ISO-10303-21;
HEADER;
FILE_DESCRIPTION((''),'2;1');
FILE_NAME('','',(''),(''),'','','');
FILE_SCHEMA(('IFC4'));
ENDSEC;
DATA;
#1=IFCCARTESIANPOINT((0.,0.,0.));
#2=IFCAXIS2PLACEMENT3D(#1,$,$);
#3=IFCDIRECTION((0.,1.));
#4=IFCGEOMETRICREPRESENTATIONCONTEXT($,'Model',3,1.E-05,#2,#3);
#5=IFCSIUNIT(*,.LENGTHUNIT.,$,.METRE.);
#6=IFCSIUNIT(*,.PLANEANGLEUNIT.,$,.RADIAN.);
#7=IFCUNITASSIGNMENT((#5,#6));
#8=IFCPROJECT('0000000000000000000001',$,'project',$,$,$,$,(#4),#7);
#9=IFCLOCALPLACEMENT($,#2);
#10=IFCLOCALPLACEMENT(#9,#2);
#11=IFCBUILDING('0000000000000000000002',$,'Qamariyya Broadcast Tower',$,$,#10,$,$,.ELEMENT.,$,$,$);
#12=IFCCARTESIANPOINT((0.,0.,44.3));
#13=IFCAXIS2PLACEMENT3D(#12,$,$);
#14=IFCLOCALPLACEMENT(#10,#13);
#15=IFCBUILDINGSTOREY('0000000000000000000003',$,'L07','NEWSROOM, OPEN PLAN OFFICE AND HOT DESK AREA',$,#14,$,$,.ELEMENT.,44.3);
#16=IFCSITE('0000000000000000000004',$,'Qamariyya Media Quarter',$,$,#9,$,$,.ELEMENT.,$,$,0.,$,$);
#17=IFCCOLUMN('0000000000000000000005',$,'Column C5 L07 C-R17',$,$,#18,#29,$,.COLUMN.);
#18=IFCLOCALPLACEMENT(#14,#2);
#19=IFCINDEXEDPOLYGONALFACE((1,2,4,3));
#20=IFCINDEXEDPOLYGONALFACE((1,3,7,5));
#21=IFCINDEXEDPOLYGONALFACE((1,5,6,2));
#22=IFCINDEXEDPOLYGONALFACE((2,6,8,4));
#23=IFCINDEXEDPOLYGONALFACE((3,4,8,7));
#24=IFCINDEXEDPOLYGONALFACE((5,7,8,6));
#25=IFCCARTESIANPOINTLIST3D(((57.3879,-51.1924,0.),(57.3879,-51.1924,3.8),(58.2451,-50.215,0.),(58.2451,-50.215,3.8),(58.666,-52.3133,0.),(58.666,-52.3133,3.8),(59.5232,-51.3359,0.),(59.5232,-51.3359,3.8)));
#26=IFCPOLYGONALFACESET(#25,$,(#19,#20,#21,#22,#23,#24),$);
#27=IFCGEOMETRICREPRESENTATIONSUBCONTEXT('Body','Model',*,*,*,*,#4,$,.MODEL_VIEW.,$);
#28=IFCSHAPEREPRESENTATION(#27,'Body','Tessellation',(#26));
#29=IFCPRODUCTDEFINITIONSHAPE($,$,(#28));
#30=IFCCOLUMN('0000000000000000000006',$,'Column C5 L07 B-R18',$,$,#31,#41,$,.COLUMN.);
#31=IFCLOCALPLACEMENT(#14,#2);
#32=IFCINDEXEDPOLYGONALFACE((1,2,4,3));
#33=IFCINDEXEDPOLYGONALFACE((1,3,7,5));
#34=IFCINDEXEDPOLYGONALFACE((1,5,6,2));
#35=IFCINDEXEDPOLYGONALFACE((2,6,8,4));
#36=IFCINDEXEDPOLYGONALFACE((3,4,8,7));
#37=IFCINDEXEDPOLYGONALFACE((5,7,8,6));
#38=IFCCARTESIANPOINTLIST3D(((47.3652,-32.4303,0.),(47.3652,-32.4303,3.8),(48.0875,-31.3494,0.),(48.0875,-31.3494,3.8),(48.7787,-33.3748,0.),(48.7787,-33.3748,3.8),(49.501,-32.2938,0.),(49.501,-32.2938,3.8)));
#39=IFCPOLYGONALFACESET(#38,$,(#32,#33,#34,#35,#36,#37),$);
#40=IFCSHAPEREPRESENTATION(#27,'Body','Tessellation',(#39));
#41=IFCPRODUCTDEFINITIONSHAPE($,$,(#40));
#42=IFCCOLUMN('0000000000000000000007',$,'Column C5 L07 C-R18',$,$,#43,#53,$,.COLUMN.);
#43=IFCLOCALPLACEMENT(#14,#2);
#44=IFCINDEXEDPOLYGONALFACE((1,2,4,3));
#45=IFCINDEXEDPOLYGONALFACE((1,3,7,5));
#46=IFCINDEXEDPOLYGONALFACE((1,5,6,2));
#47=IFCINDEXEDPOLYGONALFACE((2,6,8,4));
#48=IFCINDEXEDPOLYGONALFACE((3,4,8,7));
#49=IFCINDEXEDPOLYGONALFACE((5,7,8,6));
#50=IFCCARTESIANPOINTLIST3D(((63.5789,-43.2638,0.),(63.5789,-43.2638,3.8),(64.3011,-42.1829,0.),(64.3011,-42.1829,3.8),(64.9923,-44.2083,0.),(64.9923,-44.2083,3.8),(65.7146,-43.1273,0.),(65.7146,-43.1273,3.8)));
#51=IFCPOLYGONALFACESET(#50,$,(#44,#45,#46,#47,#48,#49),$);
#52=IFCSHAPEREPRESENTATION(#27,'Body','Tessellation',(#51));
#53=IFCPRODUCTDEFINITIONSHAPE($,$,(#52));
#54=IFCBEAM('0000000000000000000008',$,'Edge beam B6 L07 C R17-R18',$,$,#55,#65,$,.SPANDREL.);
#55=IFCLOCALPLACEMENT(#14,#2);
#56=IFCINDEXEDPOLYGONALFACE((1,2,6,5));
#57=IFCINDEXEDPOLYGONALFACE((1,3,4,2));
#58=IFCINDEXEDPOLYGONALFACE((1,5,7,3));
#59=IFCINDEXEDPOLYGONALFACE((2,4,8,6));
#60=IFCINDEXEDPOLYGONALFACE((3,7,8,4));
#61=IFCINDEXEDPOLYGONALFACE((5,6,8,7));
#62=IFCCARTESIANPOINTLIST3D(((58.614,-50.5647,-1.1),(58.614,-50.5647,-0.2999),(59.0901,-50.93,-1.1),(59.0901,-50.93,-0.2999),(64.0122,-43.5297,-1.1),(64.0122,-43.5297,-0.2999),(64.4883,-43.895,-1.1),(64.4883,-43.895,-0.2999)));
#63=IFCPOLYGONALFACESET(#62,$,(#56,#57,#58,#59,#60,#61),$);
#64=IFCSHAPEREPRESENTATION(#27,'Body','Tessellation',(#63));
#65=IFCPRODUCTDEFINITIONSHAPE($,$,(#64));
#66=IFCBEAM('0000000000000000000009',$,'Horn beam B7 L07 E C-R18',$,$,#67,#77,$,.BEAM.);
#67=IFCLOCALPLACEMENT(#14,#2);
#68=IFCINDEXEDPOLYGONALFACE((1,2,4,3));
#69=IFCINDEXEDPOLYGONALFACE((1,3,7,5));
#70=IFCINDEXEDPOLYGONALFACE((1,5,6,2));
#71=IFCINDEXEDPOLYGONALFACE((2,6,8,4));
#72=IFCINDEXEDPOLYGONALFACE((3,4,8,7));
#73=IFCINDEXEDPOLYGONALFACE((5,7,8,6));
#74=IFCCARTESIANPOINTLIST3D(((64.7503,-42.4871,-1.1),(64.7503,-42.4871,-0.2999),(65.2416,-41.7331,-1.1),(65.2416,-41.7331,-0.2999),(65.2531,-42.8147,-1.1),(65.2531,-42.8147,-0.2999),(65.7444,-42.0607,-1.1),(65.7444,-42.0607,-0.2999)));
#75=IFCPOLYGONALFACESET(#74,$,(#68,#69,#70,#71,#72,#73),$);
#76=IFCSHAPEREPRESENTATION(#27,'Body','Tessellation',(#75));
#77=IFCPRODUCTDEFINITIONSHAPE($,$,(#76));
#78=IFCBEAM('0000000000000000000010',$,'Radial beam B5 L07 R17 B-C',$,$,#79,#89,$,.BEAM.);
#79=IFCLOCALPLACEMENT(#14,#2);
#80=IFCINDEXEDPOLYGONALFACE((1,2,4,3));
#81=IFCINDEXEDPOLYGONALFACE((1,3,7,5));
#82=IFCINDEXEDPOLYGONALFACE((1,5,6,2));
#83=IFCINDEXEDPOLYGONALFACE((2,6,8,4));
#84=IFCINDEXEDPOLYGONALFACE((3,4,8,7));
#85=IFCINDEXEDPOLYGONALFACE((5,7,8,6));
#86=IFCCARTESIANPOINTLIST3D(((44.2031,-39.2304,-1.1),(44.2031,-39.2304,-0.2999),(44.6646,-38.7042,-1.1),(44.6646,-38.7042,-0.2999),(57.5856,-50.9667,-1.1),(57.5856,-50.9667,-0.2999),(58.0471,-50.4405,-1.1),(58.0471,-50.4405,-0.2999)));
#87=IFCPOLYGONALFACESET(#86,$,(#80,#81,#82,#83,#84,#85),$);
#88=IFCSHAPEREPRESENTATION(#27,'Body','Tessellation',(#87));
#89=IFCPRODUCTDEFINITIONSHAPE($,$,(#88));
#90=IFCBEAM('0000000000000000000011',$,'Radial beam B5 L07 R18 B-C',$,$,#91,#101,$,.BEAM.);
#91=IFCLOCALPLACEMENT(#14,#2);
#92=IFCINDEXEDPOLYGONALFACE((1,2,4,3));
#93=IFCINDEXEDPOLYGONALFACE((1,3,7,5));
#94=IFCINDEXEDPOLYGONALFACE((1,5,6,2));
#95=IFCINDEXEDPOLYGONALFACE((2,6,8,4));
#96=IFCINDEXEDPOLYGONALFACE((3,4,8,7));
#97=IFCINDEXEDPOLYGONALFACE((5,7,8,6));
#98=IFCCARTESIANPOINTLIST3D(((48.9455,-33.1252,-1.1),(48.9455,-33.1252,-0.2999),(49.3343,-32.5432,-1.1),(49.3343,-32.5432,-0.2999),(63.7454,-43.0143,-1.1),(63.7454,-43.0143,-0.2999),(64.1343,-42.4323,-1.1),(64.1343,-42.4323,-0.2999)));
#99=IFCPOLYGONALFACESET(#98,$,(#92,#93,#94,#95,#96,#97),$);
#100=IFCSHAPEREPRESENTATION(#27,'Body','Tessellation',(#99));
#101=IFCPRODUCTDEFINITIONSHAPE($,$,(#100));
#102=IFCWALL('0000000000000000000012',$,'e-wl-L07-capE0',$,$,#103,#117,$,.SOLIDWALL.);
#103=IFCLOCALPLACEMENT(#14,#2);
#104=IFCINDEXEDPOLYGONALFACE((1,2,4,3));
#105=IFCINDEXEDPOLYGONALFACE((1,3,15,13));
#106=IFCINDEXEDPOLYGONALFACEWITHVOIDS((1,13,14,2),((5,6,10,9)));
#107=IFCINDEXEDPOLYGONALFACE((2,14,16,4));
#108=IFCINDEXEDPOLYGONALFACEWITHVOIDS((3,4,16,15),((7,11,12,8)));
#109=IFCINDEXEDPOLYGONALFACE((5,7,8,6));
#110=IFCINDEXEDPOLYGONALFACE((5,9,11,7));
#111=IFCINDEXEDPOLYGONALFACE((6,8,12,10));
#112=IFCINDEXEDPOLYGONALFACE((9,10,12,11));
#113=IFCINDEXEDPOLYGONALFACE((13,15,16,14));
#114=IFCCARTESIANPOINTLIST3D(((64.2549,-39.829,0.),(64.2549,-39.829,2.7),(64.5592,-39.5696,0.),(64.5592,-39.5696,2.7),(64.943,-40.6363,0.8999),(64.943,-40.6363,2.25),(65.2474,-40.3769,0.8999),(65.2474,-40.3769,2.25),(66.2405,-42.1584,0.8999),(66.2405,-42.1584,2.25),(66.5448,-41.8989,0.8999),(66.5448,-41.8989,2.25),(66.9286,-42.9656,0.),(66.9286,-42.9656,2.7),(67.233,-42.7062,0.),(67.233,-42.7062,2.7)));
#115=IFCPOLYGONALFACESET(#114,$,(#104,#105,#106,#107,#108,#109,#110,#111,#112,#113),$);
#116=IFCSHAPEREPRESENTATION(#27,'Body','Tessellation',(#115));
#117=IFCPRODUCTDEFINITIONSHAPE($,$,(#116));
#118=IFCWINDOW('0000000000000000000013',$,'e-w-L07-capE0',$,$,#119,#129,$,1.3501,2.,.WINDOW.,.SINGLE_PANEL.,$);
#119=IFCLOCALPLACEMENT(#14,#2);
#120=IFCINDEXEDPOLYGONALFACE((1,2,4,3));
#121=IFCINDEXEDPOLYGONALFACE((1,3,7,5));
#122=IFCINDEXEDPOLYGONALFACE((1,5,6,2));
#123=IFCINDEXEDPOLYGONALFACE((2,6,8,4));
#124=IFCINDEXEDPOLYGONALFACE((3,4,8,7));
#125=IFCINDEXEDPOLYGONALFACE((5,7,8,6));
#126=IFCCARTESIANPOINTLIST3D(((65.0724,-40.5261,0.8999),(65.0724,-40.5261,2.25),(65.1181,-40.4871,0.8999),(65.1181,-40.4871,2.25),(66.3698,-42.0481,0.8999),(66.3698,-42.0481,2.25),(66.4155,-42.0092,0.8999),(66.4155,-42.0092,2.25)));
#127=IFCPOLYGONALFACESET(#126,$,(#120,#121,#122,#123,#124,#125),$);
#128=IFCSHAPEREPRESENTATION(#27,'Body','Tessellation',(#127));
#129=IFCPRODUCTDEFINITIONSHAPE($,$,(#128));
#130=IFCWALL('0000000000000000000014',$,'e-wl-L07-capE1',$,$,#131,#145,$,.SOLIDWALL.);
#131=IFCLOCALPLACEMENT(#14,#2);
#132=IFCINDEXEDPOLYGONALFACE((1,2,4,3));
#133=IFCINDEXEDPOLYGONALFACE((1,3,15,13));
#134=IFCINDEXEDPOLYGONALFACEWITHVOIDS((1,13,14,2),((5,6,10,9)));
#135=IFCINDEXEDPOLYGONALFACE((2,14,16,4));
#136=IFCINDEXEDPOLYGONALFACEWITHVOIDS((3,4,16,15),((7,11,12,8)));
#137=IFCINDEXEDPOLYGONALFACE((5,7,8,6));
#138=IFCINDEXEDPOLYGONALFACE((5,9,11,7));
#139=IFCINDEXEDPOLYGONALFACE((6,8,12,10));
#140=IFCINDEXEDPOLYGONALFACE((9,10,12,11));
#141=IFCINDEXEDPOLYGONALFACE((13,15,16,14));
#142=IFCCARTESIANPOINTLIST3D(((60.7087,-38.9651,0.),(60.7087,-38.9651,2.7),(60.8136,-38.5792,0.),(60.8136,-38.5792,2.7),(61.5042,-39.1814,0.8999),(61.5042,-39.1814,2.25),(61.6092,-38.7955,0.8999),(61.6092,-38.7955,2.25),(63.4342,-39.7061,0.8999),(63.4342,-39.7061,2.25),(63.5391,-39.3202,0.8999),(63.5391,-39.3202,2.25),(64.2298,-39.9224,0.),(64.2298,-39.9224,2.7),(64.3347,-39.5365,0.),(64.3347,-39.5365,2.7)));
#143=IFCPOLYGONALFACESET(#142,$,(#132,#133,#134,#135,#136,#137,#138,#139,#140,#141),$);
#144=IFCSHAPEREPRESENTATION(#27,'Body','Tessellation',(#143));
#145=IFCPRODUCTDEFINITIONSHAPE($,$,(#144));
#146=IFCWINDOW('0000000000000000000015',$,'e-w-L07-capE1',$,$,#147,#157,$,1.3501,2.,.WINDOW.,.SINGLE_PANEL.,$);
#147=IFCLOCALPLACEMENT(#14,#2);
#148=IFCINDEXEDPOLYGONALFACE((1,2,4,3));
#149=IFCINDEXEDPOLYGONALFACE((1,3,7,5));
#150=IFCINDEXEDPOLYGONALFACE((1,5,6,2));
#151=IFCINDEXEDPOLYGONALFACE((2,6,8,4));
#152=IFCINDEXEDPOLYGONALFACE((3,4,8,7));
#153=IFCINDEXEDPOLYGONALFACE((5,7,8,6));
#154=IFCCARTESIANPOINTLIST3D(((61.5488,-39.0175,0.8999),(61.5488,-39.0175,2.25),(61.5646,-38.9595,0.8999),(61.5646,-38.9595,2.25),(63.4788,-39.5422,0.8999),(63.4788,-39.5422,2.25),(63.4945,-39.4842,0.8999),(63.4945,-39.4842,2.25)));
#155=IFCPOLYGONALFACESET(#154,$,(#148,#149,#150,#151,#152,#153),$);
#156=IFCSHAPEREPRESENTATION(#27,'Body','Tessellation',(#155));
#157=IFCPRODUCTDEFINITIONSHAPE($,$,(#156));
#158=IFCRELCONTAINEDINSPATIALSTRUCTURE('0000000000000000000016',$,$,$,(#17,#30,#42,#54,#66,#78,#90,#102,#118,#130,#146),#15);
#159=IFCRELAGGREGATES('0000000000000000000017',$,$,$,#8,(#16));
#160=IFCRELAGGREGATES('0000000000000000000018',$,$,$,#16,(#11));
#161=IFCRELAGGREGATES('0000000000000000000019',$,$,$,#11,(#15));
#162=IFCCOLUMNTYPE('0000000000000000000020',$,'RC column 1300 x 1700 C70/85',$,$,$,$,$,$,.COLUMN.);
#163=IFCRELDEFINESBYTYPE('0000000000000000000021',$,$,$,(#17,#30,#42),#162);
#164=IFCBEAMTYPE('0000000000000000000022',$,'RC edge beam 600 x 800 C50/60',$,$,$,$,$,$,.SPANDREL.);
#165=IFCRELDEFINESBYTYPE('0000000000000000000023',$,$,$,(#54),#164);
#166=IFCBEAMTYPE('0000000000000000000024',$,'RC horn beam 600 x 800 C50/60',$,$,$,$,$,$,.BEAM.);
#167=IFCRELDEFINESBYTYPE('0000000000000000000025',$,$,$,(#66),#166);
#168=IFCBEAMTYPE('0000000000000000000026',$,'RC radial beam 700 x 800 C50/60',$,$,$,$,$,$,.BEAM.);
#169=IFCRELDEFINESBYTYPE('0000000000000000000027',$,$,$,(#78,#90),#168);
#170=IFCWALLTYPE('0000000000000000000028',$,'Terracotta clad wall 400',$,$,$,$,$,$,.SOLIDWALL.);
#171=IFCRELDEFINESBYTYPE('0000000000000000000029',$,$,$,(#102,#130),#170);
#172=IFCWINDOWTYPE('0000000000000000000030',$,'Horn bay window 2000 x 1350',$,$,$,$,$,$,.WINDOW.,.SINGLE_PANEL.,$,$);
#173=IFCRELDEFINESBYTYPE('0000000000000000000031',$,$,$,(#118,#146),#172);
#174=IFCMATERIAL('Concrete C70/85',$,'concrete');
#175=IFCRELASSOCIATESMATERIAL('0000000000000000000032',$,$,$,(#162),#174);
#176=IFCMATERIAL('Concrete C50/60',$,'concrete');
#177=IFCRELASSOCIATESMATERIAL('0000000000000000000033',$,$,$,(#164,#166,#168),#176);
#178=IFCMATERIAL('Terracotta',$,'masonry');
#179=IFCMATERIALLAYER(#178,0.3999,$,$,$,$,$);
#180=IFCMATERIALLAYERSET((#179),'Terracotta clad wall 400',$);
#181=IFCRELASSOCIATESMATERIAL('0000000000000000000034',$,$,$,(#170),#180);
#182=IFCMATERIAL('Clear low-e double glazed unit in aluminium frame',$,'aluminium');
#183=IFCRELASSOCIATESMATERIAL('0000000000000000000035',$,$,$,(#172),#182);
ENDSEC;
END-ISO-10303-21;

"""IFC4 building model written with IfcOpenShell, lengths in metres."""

from ifc_helpers import new_model, si_unit, direction, frame, frame_2d, origin, origin_2d, place, context, subcontext, project, spatial, rectangle, extrude, material, layer, layer_set, material_profile, profile_set, type_object, element, fill, save


model = new_model("IFC4")

# Units and contexts
model_context = context("Model", 3, precision=1e-05, world=origin(), true_north=direction((0.0, 1.0)))
body_context = subcontext(model_context, "Body", "Model", "MODEL_VIEW")
ifc_project = project(units=[si_unit("LENGTHUNIT", "METRE"), si_unit("PLANEANGLEUNIT", "RADIAN")], contexts=[model_context])

# Site, building, storey
site_placement = place(None, origin())
site = spatial("IfcSite", under=ifc_project, at=site_placement, Name="Qamariyya Media Quarter", CompositionType="ELEMENT", RefElevation=0.0)
building_placement = place(site_placement, origin())
building = spatial("IfcBuilding", under=site, at=building_placement, Name="Qamariyya Broadcast Tower", CompositionType="ELEMENT")
storey_placement = place(building_placement, frame((0.0, 0.0, 44.3)))
storey = spatial("IfcBuildingStorey", under=building, at=storey_placement, Name="L07", Description="NEWSROOM, OPEN PLAN OFFICE AND HOT DESK AREA", CompositionType="ELEMENT", Elevation=44.3)

# Columns
ifc_material_1 = material(Name="Concrete C70/85", Category="concrete")
ifc_material_profile_1 = material_profile(ifc_material_1, rectangle(XDim=1.3, YDim=1.7, at=origin_2d()))
ifc_profile_set_1 = profile_set([ifc_material_profile_1], Name="Concrete C70/85")
column_type = type_object("IfcColumnType", Name="RC column 1300 x 1700 C70/85", PredefinedType="COLUMN", material=ifc_profile_set_1)
for number, where, z_axis, x_axis, name in (
    (1, (58.4556, -51.2642, 0.0), (0.0, 0.0, 1.0), (0.659346, 0.75184, 0.0), "Column C5 L07 C-R17"),
    (2, (48.4331, -32.3621, 0.0), (0.0, 0.0, 1.0), (0.55557, 0.83147, 0.0), "Column C5 L07 B-R18"),
    (3, (64.6467, -43.1956, 0.0), (0.0, 0.0, 1.0), (0.55557, 0.83147, 0.0), "Column C5 L07 C-R18"),
):
    element("IfcColumn", number, at=place(storey_placement, frame(where, z_axis=z_axis, x_axis=x_axis)), inside=storey, type_object=column_type, Name=name, PredefinedType="COLUMN", context=body_context, shape_type="SweptSolid", body=[
        extrude(rectangle(XDim=1.3, YDim=1.7, at=origin_2d()), origin(), (0.0, 0.0, 1.0), 3.8),
    ])

# Beams
ifc_material_2 = material(Name="Concrete C50/60", Category="concrete")
ifc_material_profile_2 = material_profile(ifc_material_2, rectangle(XDim=0.6001, YDim=0.8, at=origin_2d()))
ifc_profile_set_2 = profile_set([ifc_material_profile_2], Name="Concrete C50/60")
beam_type_1 = type_object("IfcBeamType", Name="RC edge beam 600 x 800 C50/60", PredefinedType="SPANDREL", material=ifc_profile_set_2)
beam_1_placement = place(storey_placement, frame((58.8521, -50.7473, -0.7), z_axis=(0.60877, 0.793347, 0.0), x_axis=(-0.793347, 0.60877, 0.0)))
element("IfcBeam", 4, at=beam_1_placement, inside=storey, type_object=beam_type_1, Name="Edge beam B6 L07 C R17-R18", PredefinedType="SPANDREL", context=body_context, shape_type="SweptSolid", body=[
    extrude(rectangle(XDim=0.6001, YDim=0.8, at=origin_2d()), origin(), (0.0, 0.0, 1.0), 8.8674),
])
ifc_material_profile_3 = material_profile(ifc_material_2, rectangle(XDim=0.6001, YDim=0.8, at=origin_2d()))
ifc_profile_set_3 = profile_set([ifc_material_profile_3], Name="Concrete C50/60")
beam_type_2 = type_object("IfcBeamType", Name="RC horn beam 600 x 800 C50/60", PredefinedType="BEAM", material=ifc_profile_set_3)
beam_2_placement = place(storey_placement, frame((65.0017, -42.6509, -0.7), z_axis=(0.545904, 0.837848, 0.0), x_axis=(-0.837848, 0.545904, 0.0)))
element("IfcBeam", 5, at=beam_2_placement, inside=storey, type_object=beam_type_2, Name="Horn beam B7 L07 E C-R18", PredefinedType="BEAM", context=body_context, shape_type="SweptSolid", body=[
    extrude(rectangle(XDim=0.6001, YDim=0.8, at=origin_2d()), origin(), (0.0, 0.0, 1.0), 0.8999),
])
ifc_material_profile_4 = material_profile(ifc_material_2, rectangle(XDim=0.7, YDim=0.8, at=origin_2d()))
ifc_profile_set_4 = profile_set([ifc_material_profile_4], Name="Concrete C50/60")
beam_type_3 = type_object("IfcBeamType", Name="RC radial beam 700 x 800 C50/60", PredefinedType="BEAM", material=ifc_profile_set_4)
for number, where, z_axis, x_axis, name in (
    (6, (44.4338, -38.9673, -0.7), (0.751836, -0.65935, 0.0), (0.65935, 0.751836, 0.0), "Radial beam B5 L07 R17 B-C"),
    (7, (49.1399, -32.8342, -0.7), (0.831467, -0.555573, 0.0), (0.555573, 0.831467, 0.0), "Radial beam B5 L07 R18 B-C"),
):
    element("IfcBeam", number, at=place(storey_placement, frame(where, z_axis=z_axis, x_axis=x_axis)), inside=storey, type_object=beam_type_3, Name=name, PredefinedType="BEAM", context=body_context, shape_type="SweptSolid", body=[
        extrude(rectangle(XDim=0.7, YDim=0.8, at=origin_2d()), origin(), (0.0, 0.0, 1.0), 17.7998),
    ])

# Walls, openings, windows
ifc_material_3 = material(Name="Terracotta", Category="masonry")
ifc_layer = layer(ifc_material_3, 0.3999)
ifc_layer_set = layer_set([ifc_layer], Name="Terracotta clad wall 400")
wall_type = type_object("IfcWallType", Name="Terracotta clad wall 400", PredefinedType="SOLIDWALL", material=ifc_layer_set)
wall_1_placement = place(storey_placement, frame((67.0808, -42.8359, 0.0), z_axis=(0.0, 0.0, 1.0), x_axis=(-0.648721, 0.761027, 0.0)))
wall_1 = element("IfcWall", 8, at=wall_1_placement, inside=storey, type_object=wall_type, Name="e-wl-L07-capE0", PredefinedType="SOLIDWALL", context=body_context, shape_type="SweptSolid", body=[
    extrude(rectangle(XDim=4.1216, YDim=0.3999, at=frame_2d((2.0608, 0.0))), origin(), (0.0, 0.0, 1.0), 2.7),
])
opening_1_placement = place(wall_1_placement, frame((1.0608, 0.0, 0.8999)))
opening_1 = element("IfcOpeningElement", 9, at=opening_1_placement, cuts=wall_1, PredefinedType="OPENING", context=body_context, shape_type="SweptSolid", body=[
    extrude(rectangle(XDim=2.0, YDim=1.3501, at=frame_2d((1.0, 0.675))), frame((0.0, 0.21, 0.0), z_axis=(0.0, -1.0, 0.0), x_axis=(1.0, 0.0, 0.0)), (0.0, 0.0, 1.0), 0.4199),
])
ifc_material_4 = material(Name="Clear low-e double glazed unit in aluminium frame", Category="aluminium")
window_type_1 = type_object("IfcWindowType", Name="Horn bay window 2000 x 1350", PartitioningType="SINGLE_PANEL", PredefinedType="WINDOW", material=ifc_material_4)
window_1_placement = place(opening_1_placement, origin())
window_1 = element("IfcWindow", 10, at=window_1_placement, inside=storey, type_object=window_type_1, Name="e-w-L07-capE0", OverallHeight=1.3501, OverallWidth=2.0, PartitioningType="SINGLE_PANEL", PredefinedType="WINDOW", context=body_context, shape_type="SweptSolid", body=[
    extrude(rectangle(XDim=2.0, YDim=1.3501, at=frame_2d((1.0, 0.675))), frame((0.0, 0.03, 0.0), z_axis=(0.0, -1.0, 0.0), x_axis=(1.0, 0.0, 0.0)), (0.0, 0.0, 1.0), 0.0601),
])
fill(opening_1, window_1)
wall_2_placement = place(storey_placement, frame((64.2822, -39.7295, 0.0), z_axis=(0.0, 0.0, 1.0), x_axis=(-0.964972, 0.262353, 0.0)))
wall_2 = element("IfcWall", 11, at=wall_2_placement, inside=storey, type_object=wall_type, Name="e-wl-L07-capE1", PredefinedType="SOLIDWALL", context=body_context, shape_type="SweptSolid", body=[
    extrude(rectangle(XDim=3.6489, YDim=0.3999, at=frame_2d((1.8245, 0.0))), origin(), (0.0, 0.0, 1.0), 2.7),
])
opening_2_placement = place(wall_2_placement, frame((0.8245, 0.0, 0.8999)))
opening_2 = element("IfcOpeningElement", 12, at=opening_2_placement, cuts=wall_2, PredefinedType="OPENING", context=body_context, shape_type="SweptSolid", body=[
    extrude(rectangle(XDim=2.0, YDim=1.3501, at=frame_2d((1.0, 0.675))), frame((0.0, 0.21, 0.0), z_axis=(0.0, -1.0, 0.0), x_axis=(1.0, 0.0, 0.0)), (0.0, 0.0, 1.0), 0.4199),
])
window_2_placement = place(opening_2_placement, origin())
window_2 = element("IfcWindow", 13, at=window_2_placement, inside=storey, type_object=window_type_1, Name="e-w-L07-capE1", OverallHeight=1.3501, OverallWidth=2.0, PartitioningType="SINGLE_PANEL", PredefinedType="WINDOW", context=body_context, shape_type="SweptSolid", body=[
    extrude(rectangle(XDim=2.0, YDim=1.3501, at=frame_2d((1.0, 0.675))), frame((0.0, 0.03, 0.0), z_axis=(0.0, -1.0, 0.0), x_axis=(1.0, 0.0, 0.0)), (0.0, 0.0, 1.0), 0.0601),
])
fill(opening_2, window_2)

save(model, "model.ifc")
